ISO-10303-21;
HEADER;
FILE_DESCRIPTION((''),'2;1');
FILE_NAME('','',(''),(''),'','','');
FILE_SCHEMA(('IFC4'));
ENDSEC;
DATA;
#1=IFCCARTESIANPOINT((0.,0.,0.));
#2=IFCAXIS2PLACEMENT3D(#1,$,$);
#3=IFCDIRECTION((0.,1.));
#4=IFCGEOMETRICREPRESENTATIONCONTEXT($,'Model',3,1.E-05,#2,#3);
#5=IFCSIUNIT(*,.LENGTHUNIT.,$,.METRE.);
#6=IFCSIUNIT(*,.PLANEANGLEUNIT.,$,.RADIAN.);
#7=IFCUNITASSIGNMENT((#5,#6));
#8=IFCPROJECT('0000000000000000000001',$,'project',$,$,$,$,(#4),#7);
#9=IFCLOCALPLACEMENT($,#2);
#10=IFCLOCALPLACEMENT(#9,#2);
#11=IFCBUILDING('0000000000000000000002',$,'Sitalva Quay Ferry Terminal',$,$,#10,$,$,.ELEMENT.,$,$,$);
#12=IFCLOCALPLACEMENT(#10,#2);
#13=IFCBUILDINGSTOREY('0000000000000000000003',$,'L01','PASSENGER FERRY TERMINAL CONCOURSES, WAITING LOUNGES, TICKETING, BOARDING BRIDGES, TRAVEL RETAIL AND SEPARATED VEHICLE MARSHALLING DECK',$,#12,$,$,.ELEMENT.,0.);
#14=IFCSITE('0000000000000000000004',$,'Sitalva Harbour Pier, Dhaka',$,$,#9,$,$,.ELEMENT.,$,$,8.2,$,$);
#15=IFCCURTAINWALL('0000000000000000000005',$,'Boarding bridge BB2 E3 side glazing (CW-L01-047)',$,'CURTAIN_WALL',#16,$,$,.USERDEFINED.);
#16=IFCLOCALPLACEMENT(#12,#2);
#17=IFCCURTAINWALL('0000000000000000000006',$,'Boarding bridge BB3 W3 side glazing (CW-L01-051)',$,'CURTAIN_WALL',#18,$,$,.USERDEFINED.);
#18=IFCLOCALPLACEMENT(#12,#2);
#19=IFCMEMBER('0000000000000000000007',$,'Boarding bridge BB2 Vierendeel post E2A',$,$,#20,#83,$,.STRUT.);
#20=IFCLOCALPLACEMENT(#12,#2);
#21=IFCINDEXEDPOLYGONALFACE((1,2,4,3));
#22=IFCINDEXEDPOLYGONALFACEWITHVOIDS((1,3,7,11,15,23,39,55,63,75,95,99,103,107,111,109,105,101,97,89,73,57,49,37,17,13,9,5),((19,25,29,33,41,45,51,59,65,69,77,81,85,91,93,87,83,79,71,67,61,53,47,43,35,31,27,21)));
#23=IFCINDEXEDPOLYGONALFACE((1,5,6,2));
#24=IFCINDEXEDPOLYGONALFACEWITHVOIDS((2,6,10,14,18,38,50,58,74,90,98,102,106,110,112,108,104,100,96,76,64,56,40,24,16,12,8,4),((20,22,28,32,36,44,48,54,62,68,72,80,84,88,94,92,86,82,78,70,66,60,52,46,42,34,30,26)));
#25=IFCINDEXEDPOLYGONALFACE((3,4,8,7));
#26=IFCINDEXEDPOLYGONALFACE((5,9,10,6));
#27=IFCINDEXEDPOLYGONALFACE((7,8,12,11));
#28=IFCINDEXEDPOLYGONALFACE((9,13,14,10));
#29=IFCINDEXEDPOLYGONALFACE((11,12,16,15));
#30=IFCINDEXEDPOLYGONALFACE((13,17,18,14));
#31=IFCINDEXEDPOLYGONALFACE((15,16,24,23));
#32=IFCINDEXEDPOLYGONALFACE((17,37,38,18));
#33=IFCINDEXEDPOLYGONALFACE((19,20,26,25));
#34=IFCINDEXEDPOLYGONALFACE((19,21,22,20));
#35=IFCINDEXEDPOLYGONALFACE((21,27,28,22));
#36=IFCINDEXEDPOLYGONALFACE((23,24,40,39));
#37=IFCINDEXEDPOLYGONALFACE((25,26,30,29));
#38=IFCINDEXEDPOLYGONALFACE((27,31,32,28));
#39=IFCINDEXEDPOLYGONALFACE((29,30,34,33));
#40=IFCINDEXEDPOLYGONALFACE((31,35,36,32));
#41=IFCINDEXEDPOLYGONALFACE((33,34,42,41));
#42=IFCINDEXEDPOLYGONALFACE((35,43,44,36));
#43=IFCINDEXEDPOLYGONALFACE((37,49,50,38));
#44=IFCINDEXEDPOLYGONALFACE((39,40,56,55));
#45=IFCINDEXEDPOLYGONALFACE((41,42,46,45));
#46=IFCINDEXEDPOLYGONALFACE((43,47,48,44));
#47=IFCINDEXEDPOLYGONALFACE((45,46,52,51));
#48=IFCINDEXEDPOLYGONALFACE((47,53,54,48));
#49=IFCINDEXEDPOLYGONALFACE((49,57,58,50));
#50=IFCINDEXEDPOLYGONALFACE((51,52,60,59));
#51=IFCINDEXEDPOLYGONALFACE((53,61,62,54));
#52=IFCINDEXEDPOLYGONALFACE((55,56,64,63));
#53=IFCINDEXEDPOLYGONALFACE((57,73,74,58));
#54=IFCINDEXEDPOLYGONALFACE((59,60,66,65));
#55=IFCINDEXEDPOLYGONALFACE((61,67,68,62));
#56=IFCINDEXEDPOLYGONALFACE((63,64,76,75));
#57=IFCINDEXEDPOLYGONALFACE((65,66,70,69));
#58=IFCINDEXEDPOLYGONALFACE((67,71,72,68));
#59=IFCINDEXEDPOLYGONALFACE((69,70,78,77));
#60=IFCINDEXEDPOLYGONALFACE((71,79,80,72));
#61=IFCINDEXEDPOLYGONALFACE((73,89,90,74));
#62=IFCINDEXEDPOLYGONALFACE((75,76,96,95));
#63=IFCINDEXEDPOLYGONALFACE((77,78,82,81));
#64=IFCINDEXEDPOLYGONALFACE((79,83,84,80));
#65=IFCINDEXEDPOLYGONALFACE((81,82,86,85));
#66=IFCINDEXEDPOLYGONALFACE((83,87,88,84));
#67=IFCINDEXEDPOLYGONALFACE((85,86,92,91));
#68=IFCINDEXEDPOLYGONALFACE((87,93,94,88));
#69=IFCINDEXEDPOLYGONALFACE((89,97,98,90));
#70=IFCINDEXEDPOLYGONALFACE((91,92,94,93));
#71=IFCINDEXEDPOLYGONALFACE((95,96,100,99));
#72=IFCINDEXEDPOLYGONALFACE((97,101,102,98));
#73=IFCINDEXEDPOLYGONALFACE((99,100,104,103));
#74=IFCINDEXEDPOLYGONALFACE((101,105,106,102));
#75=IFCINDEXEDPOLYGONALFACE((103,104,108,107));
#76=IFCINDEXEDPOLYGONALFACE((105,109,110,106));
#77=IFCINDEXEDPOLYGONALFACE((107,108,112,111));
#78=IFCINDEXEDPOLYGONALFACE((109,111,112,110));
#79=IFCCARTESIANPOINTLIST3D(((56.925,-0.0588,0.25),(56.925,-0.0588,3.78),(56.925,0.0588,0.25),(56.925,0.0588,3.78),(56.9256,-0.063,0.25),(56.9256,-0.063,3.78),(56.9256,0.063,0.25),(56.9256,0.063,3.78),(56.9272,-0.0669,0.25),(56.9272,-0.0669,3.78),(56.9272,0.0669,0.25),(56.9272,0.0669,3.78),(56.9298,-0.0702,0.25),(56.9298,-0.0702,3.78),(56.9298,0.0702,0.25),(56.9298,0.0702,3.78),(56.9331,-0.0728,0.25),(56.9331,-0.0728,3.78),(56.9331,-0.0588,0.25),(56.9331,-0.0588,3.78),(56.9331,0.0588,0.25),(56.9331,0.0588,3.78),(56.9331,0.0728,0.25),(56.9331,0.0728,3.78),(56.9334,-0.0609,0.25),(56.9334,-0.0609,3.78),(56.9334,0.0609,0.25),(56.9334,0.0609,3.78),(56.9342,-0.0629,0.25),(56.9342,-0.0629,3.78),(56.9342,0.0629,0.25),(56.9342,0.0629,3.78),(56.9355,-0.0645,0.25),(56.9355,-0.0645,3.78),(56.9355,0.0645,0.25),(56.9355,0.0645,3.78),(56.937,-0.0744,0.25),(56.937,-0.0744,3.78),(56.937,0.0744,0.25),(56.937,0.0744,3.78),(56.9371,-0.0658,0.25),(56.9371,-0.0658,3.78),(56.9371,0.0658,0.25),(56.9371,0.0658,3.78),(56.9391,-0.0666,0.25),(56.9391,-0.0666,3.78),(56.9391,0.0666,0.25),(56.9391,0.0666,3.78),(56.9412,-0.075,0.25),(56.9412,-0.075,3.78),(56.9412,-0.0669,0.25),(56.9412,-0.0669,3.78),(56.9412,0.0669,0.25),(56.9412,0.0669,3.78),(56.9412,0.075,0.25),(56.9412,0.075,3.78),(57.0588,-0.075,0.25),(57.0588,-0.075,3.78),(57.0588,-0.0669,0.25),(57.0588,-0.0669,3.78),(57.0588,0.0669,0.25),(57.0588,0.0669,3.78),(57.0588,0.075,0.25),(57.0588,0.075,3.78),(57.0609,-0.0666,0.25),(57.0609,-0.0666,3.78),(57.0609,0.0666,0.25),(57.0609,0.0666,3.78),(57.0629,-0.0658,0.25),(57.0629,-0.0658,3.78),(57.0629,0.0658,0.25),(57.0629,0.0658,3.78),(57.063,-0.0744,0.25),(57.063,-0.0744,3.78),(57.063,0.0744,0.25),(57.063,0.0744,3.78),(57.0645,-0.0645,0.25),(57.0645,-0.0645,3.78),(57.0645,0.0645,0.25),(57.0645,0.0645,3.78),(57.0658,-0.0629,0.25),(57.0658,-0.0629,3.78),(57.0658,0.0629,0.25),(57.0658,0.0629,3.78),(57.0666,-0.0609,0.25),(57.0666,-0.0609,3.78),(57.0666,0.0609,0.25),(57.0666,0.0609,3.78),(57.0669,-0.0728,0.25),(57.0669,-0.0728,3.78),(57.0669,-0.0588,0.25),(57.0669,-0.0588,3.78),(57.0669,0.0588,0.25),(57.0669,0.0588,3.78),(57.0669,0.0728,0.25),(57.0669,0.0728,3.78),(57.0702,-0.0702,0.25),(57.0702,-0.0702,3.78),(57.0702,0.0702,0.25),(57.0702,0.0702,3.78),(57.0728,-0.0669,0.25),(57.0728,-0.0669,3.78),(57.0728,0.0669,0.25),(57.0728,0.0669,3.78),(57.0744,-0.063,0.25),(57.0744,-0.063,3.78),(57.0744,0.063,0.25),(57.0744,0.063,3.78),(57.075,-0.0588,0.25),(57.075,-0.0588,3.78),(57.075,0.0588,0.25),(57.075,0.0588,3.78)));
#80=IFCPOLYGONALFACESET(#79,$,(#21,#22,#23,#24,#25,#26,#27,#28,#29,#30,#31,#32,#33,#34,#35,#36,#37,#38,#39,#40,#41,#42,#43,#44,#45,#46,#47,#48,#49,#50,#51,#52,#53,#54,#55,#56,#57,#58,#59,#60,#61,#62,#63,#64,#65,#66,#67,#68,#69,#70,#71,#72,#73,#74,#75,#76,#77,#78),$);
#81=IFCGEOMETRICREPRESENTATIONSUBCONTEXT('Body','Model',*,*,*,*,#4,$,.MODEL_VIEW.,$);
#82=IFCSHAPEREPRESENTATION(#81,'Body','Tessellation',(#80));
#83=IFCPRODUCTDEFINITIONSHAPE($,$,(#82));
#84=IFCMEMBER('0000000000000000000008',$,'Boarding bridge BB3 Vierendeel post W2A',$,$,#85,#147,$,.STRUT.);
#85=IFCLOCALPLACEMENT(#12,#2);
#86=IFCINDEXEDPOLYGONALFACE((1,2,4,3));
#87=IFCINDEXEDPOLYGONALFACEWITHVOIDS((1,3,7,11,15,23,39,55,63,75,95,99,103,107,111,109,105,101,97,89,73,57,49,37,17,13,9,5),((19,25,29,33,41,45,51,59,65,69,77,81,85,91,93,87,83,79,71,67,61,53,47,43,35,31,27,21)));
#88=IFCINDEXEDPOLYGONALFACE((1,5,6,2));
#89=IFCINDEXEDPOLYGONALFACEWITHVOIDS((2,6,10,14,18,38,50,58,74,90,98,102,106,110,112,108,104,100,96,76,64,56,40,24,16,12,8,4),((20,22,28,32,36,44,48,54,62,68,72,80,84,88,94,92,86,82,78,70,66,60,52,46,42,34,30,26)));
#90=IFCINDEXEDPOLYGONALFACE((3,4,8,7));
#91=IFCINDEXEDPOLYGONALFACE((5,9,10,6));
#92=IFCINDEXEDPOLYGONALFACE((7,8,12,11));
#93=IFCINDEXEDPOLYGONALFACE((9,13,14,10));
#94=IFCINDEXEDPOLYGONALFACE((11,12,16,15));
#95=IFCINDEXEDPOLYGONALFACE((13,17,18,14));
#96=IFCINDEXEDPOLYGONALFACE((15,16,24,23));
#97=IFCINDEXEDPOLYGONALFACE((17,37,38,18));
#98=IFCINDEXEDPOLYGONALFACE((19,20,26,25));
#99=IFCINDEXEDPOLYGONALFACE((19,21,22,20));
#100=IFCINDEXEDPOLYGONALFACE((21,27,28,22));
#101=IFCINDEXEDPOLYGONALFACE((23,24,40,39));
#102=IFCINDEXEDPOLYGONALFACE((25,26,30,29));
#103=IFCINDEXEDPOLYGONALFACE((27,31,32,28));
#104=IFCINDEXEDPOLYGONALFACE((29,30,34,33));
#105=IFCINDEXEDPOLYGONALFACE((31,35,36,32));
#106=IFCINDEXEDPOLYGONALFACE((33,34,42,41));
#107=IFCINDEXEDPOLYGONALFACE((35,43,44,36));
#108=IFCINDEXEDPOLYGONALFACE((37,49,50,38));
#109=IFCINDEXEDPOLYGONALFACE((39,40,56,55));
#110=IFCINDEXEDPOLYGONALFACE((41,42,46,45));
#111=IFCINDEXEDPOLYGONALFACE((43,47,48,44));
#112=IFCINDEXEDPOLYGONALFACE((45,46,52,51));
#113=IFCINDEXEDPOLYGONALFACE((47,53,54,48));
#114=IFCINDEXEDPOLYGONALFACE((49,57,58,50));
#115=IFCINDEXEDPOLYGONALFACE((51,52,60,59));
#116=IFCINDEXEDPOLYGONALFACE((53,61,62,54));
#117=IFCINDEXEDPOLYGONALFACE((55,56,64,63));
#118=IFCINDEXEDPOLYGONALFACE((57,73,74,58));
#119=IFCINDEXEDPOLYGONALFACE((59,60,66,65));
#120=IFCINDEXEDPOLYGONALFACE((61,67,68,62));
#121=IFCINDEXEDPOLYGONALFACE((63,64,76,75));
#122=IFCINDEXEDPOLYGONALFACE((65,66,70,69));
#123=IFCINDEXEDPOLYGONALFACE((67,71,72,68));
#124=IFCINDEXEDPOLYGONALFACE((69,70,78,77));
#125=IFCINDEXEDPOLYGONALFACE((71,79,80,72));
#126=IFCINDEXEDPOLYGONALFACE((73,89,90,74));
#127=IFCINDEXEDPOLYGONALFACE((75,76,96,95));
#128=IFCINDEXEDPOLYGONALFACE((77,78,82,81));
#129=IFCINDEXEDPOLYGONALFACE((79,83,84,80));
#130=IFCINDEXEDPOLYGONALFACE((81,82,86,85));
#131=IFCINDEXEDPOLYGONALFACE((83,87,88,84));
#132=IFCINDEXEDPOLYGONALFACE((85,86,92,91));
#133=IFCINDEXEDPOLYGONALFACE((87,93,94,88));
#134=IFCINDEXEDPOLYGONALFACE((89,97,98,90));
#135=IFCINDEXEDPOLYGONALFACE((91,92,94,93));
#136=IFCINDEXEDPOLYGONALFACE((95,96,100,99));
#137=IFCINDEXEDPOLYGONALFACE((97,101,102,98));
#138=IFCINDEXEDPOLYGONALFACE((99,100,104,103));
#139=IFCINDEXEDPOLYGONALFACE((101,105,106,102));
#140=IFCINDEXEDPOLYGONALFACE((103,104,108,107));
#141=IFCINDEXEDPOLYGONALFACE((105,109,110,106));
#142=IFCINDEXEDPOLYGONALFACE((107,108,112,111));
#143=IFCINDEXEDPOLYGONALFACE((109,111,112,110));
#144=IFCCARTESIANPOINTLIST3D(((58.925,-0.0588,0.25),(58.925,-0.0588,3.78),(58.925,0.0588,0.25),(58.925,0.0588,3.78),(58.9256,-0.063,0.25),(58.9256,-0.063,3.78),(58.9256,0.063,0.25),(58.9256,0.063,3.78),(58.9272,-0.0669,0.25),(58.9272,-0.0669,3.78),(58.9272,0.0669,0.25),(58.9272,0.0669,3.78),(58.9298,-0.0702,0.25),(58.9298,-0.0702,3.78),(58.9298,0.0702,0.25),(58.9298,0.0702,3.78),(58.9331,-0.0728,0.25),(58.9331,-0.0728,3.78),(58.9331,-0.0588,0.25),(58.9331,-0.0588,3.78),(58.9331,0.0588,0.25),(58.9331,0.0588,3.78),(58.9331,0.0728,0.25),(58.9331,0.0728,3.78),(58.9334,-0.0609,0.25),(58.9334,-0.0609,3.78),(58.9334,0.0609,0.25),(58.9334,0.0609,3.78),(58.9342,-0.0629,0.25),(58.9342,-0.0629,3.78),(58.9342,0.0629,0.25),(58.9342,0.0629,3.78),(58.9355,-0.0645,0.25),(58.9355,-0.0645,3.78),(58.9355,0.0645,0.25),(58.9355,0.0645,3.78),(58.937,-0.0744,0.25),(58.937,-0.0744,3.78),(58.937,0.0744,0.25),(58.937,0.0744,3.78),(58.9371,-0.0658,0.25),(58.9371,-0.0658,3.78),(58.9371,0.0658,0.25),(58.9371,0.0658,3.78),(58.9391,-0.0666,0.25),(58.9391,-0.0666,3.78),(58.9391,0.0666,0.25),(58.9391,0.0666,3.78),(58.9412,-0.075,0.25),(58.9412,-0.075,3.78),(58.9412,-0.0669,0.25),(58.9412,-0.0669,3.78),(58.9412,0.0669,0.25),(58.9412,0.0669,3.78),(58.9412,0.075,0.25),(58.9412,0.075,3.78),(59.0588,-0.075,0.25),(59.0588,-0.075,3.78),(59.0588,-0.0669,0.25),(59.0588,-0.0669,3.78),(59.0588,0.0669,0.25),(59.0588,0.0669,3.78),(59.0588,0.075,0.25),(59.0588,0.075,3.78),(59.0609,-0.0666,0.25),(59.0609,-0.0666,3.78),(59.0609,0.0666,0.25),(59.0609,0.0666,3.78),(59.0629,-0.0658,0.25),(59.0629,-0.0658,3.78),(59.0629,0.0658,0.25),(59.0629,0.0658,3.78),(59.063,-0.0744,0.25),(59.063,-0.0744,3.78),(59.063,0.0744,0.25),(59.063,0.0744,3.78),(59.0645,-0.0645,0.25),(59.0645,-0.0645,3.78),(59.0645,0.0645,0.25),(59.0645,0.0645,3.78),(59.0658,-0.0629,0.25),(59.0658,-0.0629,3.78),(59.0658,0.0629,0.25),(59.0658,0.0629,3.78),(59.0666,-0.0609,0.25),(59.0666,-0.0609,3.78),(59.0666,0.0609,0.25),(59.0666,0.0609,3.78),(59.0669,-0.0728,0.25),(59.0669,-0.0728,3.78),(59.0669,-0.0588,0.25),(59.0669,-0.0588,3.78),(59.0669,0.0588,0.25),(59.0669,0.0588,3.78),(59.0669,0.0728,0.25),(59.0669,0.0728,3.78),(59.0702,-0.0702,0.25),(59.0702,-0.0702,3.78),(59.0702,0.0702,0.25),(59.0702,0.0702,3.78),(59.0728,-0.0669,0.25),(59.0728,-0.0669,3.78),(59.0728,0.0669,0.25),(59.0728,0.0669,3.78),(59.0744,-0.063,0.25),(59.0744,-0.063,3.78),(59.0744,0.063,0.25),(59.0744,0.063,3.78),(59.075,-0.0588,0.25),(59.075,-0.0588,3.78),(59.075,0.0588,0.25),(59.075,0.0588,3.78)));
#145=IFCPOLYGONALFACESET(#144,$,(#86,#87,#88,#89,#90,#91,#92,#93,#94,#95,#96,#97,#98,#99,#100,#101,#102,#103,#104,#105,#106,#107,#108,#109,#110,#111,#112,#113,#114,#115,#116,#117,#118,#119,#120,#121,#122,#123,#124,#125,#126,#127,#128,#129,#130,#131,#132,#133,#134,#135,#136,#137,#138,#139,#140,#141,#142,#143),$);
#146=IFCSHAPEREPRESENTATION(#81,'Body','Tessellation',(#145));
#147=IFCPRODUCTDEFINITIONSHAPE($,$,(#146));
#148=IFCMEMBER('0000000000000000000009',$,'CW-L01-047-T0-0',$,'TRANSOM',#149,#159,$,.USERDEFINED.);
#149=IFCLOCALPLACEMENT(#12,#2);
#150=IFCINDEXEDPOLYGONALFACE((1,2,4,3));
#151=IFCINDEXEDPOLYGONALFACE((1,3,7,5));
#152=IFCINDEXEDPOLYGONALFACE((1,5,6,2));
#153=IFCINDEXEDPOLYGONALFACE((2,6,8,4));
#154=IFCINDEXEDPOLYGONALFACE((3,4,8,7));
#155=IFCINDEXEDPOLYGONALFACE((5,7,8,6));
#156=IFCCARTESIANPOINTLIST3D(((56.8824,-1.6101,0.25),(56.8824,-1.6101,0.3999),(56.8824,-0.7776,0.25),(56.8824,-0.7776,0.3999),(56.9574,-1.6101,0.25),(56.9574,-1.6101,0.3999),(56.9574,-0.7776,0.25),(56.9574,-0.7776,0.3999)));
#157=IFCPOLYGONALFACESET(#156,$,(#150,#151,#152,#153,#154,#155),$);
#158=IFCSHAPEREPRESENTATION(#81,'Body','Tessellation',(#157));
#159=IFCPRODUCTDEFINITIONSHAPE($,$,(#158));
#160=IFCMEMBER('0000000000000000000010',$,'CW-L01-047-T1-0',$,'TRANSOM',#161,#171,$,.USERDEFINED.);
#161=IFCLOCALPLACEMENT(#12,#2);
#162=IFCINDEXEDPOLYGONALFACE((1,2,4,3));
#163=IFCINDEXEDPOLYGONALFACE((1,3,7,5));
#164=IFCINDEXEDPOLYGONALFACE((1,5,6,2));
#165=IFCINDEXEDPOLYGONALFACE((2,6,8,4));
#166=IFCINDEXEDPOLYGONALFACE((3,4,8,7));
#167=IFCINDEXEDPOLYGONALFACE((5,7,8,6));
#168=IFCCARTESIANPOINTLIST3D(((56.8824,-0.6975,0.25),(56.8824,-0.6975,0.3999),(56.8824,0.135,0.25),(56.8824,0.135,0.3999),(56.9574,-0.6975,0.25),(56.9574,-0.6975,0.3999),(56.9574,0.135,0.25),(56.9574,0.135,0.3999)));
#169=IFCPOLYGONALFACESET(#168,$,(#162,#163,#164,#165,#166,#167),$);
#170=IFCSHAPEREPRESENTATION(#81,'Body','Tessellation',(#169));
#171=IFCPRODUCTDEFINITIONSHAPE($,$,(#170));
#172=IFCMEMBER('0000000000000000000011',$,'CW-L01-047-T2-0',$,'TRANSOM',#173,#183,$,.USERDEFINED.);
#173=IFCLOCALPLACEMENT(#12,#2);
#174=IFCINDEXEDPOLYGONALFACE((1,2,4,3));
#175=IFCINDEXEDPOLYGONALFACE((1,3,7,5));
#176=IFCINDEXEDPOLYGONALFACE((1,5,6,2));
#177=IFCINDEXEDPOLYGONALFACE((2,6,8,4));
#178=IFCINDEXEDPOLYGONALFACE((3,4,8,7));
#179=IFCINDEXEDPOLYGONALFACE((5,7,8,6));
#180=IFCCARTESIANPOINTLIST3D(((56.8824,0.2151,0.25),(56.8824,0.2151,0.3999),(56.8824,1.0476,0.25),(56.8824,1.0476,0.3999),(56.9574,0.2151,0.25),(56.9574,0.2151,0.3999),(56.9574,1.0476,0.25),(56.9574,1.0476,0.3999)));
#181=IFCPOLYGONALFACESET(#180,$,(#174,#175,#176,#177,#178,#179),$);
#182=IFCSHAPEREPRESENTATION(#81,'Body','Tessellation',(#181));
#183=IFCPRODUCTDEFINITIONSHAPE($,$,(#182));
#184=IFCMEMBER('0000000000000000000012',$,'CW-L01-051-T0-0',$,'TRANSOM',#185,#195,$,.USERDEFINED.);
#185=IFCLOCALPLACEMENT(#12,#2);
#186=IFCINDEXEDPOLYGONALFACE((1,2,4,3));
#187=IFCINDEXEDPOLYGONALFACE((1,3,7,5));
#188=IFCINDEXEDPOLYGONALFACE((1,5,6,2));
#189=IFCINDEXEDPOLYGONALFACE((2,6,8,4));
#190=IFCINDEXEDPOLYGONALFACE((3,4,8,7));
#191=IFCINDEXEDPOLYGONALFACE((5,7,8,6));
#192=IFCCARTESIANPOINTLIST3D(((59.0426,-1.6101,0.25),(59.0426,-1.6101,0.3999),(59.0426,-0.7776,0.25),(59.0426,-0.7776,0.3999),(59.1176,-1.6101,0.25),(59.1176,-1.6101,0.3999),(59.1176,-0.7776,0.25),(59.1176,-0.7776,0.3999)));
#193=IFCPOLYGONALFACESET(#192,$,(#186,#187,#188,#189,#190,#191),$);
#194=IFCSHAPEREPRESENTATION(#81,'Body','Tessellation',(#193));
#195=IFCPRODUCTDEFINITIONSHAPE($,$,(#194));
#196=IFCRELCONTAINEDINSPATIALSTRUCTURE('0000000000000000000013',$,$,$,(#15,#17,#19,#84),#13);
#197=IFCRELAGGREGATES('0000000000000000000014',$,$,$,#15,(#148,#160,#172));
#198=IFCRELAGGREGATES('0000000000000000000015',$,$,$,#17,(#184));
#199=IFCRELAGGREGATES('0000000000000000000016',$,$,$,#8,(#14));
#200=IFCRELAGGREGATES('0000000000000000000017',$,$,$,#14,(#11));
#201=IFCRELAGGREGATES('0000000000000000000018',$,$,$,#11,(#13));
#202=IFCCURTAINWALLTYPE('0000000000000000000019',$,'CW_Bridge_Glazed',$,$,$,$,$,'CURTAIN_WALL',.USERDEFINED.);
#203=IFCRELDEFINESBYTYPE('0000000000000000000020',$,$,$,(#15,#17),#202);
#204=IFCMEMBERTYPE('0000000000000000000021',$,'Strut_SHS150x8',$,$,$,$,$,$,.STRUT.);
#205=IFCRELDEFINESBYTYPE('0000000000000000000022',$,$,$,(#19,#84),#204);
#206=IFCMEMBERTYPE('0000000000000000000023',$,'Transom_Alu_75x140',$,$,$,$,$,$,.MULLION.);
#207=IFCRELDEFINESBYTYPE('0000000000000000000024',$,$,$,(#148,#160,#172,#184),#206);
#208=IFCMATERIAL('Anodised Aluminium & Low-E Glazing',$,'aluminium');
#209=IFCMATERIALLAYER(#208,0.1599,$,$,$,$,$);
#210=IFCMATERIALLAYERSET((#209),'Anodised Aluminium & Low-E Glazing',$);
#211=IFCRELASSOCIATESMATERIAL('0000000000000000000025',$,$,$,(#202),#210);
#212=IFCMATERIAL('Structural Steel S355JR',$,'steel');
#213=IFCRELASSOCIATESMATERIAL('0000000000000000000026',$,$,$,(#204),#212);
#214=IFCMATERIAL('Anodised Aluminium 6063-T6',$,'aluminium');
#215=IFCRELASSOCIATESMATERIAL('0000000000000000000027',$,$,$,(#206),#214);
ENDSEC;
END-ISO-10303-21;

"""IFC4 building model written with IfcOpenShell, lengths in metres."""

from ifc_helpers import new_model, si_unit, direction, frame, origin, origin_2d, place, context, subcontext, project, spatial, rectangle, hollow_rectangle, extrude, material, layer, layer_set, material_profile, profile_set, type_object, element, aggregate, save


model = new_model("IFC4")

# Units and contexts
model_context = context("Model", 3, precision=1e-05, world=origin(), true_north=direction((0.0, 1.0)))
body_context = subcontext(model_context, "Body", "Model", "MODEL_VIEW")
ifc_project = project(units=[si_unit("LENGTHUNIT", "METRE"), si_unit("PLANEANGLEUNIT", "RADIAN")], contexts=[model_context])

# Site, building, storey
site_placement = place(None, origin())
site = spatial("IfcSite", under=ifc_project, at=site_placement, Name="Sitalva Harbour Pier, Dhaka", CompositionType="ELEMENT", RefElevation=8.2)
building_placement = place(site_placement, origin())
building = spatial("IfcBuilding", under=site, at=building_placement, Name="Sitalva Quay Ferry Terminal", CompositionType="ELEMENT")
storey_placement = place(building_placement, origin())
storey = spatial("IfcBuildingStorey", under=building, at=storey_placement, Name="L01", Description="PASSENGER FERRY TERMINAL CONCOURSES, WAITING LOUNGES, TICKETING, BOARDING BRIDGES, TRAVEL RETAIL AND SEPARATED VEHICLE MARSHALLING DECK", CompositionType="ELEMENT", Elevation=0.0)

# Curtain walls
ifc_material_1 = material(Name="Anodised Aluminium & Low-E Glazing", Category="aluminium")
ifc_layer_1 = layer(ifc_material_1, 0.1599)
ifc_layer_set_1 = layer_set([ifc_layer_1], Name="Anodised Aluminium & Low-E Glazing")
curtain_wall_type = type_object("IfcCurtainWallType", Name="CW_Bridge_Glazed", ElementType="CURTAIN_WALL", PredefinedType="USERDEFINED", material=ifc_layer_set_1)
curtain_wall_1_placement = place(storey_placement, origin())
curtain_wall_1 = element("IfcCurtainWall", 1, at=curtain_wall_1_placement, inside=storey, type_object=curtain_wall_type, Name="Boarding bridge BB2 E3 side glazing (CW-L01-047)", ObjectType="CURTAIN_WALL", PredefinedType="USERDEFINED")
curtain_wall_2_placement = place(storey_placement, origin())
curtain_wall_2 = element("IfcCurtainWall", 2, at=curtain_wall_2_placement, inside=storey, type_object=curtain_wall_type, Name="Boarding bridge BB3 W3 side glazing (CW-L01-051)", ObjectType="CURTAIN_WALL", PredefinedType="USERDEFINED")

# Members
ifc_material_2 = material(Name="Structural Steel S355JR", Category="steel")
ifc_material_profile_1 = material_profile(ifc_material_2, hollow_rectangle(XDim=0.1499, YDim=0.1499, WallThickness=0.0081, InnerFilletRadius=0.0081, OuterFilletRadius=0.0161, at=origin_2d()), Name="SHS150x150x8")
ifc_profile_set_1 = profile_set([ifc_material_profile_1], Name="Structural Steel S355JR")
member_type_1 = type_object("IfcMemberType", Name="Strut_SHS150x8", PredefinedType="STRUT", material=ifc_profile_set_1)
for number, where, z_axis, x_axis, name in (
    (3, (57.0, 0.0, 0.25), (0.0, 0.0, 1.0), (1.0, 0.0, 0.0), "Boarding bridge BB2 Vierendeel post E2A"),
    (4, (59.0, 0.0, 0.25), (0.0, 0.0, 1.0), (1.0, 0.0, 0.0), "Boarding bridge BB3 Vierendeel post W2A"),
):
    element("IfcMember", number, at=place(storey_placement, frame(where, z_axis=z_axis, x_axis=x_axis)), inside=storey, type_object=member_type_1, Name=name, PredefinedType="STRUT", context=body_context, shape_type="SweptSolid", body=[
        extrude(hollow_rectangle(XDim=0.1499, YDim=0.1499, WallThickness=0.0081, InnerFilletRadius=0.0081, OuterFilletRadius=0.0161, at=origin_2d()), origin(), (0.0, 0.0, 1.0), 3.53),
    ])

# Members
ifc_material_3 = material(Name="Anodised Aluminium 6063-T6", Category="aluminium")
ifc_material_profile_2 = material_profile(ifc_material_3, rectangle(XDim=0.075, YDim=0.1499, at=origin_2d()), Name="ALU75x150")
ifc_profile_set_2 = profile_set([ifc_material_profile_2], Name="Anodised Aluminium 6063-T6")
member_type_2 = type_object("IfcMemberType", Name="Transom_Alu_75x140", PredefinedType="MULLION", material=ifc_profile_set_2)
member_1_placement = place(storey_placement, frame((56.9199, -1.6101, 0.325), z_axis=(0.0, 1.0, 0.0), x_axis=(-1.0, 0.0, 0.0)))
member_1 = element("IfcMember", 5, at=member_1_placement, type_object=member_type_2, Name="CW-L01-047-T0-0", ObjectType="TRANSOM", PredefinedType="USERDEFINED", context=body_context, shape_type="SweptSolid", body=[
    extrude(rectangle(XDim=0.075, YDim=0.1499, at=origin_2d()), origin(), (0.0, 0.0, 1.0), 0.8325),
])
member_2_placement = place(storey_placement, frame((56.9199, -0.6975, 0.325), z_axis=(0.0, 1.0, 0.0), x_axis=(-1.0, 0.0, 0.0)))
member_2 = element("IfcMember", 6, at=member_2_placement, type_object=member_type_2, Name="CW-L01-047-T1-0", ObjectType="TRANSOM", PredefinedType="USERDEFINED", context=body_context, shape_type="SweptSolid", body=[
    extrude(rectangle(XDim=0.075, YDim=0.1499, at=origin_2d()), origin(), (0.0, 0.0, 1.0), 0.8325),
])
member_3_placement = place(storey_placement, frame((56.9199, 0.2151, 0.325), z_axis=(0.0, 1.0, 0.0), x_axis=(-1.0, 0.0, 0.0)))
member_3 = element("IfcMember", 7, at=member_3_placement, type_object=member_type_2, Name="CW-L01-047-T2-0", ObjectType="TRANSOM", PredefinedType="USERDEFINED", context=body_context, shape_type="SweptSolid", body=[
    extrude(rectangle(XDim=0.075, YDim=0.1499, at=origin_2d()), origin(), (0.0, 0.0, 1.0), 0.8325),
])
member_4_placement = place(storey_placement, frame((59.0801, -1.6101, 0.325), z_axis=(0.0, 1.0, 0.0), x_axis=(-1.0, 0.0, 0.0)))
member_4 = element("IfcMember", 8, at=member_4_placement, type_object=member_type_2, Name="CW-L01-051-T0-0", ObjectType="TRANSOM", PredefinedType="USERDEFINED", context=body_context, shape_type="SweptSolid", body=[
    extrude(rectangle(XDim=0.075, YDim=0.1499, at=origin_2d()), origin(), (0.0, 0.0, 1.0), 0.8325),
])

aggregate(curtain_wall_1, [member_1, member_2, member_3])
aggregate(curtain_wall_2, [member_4])

save(model, "model.ifc")
